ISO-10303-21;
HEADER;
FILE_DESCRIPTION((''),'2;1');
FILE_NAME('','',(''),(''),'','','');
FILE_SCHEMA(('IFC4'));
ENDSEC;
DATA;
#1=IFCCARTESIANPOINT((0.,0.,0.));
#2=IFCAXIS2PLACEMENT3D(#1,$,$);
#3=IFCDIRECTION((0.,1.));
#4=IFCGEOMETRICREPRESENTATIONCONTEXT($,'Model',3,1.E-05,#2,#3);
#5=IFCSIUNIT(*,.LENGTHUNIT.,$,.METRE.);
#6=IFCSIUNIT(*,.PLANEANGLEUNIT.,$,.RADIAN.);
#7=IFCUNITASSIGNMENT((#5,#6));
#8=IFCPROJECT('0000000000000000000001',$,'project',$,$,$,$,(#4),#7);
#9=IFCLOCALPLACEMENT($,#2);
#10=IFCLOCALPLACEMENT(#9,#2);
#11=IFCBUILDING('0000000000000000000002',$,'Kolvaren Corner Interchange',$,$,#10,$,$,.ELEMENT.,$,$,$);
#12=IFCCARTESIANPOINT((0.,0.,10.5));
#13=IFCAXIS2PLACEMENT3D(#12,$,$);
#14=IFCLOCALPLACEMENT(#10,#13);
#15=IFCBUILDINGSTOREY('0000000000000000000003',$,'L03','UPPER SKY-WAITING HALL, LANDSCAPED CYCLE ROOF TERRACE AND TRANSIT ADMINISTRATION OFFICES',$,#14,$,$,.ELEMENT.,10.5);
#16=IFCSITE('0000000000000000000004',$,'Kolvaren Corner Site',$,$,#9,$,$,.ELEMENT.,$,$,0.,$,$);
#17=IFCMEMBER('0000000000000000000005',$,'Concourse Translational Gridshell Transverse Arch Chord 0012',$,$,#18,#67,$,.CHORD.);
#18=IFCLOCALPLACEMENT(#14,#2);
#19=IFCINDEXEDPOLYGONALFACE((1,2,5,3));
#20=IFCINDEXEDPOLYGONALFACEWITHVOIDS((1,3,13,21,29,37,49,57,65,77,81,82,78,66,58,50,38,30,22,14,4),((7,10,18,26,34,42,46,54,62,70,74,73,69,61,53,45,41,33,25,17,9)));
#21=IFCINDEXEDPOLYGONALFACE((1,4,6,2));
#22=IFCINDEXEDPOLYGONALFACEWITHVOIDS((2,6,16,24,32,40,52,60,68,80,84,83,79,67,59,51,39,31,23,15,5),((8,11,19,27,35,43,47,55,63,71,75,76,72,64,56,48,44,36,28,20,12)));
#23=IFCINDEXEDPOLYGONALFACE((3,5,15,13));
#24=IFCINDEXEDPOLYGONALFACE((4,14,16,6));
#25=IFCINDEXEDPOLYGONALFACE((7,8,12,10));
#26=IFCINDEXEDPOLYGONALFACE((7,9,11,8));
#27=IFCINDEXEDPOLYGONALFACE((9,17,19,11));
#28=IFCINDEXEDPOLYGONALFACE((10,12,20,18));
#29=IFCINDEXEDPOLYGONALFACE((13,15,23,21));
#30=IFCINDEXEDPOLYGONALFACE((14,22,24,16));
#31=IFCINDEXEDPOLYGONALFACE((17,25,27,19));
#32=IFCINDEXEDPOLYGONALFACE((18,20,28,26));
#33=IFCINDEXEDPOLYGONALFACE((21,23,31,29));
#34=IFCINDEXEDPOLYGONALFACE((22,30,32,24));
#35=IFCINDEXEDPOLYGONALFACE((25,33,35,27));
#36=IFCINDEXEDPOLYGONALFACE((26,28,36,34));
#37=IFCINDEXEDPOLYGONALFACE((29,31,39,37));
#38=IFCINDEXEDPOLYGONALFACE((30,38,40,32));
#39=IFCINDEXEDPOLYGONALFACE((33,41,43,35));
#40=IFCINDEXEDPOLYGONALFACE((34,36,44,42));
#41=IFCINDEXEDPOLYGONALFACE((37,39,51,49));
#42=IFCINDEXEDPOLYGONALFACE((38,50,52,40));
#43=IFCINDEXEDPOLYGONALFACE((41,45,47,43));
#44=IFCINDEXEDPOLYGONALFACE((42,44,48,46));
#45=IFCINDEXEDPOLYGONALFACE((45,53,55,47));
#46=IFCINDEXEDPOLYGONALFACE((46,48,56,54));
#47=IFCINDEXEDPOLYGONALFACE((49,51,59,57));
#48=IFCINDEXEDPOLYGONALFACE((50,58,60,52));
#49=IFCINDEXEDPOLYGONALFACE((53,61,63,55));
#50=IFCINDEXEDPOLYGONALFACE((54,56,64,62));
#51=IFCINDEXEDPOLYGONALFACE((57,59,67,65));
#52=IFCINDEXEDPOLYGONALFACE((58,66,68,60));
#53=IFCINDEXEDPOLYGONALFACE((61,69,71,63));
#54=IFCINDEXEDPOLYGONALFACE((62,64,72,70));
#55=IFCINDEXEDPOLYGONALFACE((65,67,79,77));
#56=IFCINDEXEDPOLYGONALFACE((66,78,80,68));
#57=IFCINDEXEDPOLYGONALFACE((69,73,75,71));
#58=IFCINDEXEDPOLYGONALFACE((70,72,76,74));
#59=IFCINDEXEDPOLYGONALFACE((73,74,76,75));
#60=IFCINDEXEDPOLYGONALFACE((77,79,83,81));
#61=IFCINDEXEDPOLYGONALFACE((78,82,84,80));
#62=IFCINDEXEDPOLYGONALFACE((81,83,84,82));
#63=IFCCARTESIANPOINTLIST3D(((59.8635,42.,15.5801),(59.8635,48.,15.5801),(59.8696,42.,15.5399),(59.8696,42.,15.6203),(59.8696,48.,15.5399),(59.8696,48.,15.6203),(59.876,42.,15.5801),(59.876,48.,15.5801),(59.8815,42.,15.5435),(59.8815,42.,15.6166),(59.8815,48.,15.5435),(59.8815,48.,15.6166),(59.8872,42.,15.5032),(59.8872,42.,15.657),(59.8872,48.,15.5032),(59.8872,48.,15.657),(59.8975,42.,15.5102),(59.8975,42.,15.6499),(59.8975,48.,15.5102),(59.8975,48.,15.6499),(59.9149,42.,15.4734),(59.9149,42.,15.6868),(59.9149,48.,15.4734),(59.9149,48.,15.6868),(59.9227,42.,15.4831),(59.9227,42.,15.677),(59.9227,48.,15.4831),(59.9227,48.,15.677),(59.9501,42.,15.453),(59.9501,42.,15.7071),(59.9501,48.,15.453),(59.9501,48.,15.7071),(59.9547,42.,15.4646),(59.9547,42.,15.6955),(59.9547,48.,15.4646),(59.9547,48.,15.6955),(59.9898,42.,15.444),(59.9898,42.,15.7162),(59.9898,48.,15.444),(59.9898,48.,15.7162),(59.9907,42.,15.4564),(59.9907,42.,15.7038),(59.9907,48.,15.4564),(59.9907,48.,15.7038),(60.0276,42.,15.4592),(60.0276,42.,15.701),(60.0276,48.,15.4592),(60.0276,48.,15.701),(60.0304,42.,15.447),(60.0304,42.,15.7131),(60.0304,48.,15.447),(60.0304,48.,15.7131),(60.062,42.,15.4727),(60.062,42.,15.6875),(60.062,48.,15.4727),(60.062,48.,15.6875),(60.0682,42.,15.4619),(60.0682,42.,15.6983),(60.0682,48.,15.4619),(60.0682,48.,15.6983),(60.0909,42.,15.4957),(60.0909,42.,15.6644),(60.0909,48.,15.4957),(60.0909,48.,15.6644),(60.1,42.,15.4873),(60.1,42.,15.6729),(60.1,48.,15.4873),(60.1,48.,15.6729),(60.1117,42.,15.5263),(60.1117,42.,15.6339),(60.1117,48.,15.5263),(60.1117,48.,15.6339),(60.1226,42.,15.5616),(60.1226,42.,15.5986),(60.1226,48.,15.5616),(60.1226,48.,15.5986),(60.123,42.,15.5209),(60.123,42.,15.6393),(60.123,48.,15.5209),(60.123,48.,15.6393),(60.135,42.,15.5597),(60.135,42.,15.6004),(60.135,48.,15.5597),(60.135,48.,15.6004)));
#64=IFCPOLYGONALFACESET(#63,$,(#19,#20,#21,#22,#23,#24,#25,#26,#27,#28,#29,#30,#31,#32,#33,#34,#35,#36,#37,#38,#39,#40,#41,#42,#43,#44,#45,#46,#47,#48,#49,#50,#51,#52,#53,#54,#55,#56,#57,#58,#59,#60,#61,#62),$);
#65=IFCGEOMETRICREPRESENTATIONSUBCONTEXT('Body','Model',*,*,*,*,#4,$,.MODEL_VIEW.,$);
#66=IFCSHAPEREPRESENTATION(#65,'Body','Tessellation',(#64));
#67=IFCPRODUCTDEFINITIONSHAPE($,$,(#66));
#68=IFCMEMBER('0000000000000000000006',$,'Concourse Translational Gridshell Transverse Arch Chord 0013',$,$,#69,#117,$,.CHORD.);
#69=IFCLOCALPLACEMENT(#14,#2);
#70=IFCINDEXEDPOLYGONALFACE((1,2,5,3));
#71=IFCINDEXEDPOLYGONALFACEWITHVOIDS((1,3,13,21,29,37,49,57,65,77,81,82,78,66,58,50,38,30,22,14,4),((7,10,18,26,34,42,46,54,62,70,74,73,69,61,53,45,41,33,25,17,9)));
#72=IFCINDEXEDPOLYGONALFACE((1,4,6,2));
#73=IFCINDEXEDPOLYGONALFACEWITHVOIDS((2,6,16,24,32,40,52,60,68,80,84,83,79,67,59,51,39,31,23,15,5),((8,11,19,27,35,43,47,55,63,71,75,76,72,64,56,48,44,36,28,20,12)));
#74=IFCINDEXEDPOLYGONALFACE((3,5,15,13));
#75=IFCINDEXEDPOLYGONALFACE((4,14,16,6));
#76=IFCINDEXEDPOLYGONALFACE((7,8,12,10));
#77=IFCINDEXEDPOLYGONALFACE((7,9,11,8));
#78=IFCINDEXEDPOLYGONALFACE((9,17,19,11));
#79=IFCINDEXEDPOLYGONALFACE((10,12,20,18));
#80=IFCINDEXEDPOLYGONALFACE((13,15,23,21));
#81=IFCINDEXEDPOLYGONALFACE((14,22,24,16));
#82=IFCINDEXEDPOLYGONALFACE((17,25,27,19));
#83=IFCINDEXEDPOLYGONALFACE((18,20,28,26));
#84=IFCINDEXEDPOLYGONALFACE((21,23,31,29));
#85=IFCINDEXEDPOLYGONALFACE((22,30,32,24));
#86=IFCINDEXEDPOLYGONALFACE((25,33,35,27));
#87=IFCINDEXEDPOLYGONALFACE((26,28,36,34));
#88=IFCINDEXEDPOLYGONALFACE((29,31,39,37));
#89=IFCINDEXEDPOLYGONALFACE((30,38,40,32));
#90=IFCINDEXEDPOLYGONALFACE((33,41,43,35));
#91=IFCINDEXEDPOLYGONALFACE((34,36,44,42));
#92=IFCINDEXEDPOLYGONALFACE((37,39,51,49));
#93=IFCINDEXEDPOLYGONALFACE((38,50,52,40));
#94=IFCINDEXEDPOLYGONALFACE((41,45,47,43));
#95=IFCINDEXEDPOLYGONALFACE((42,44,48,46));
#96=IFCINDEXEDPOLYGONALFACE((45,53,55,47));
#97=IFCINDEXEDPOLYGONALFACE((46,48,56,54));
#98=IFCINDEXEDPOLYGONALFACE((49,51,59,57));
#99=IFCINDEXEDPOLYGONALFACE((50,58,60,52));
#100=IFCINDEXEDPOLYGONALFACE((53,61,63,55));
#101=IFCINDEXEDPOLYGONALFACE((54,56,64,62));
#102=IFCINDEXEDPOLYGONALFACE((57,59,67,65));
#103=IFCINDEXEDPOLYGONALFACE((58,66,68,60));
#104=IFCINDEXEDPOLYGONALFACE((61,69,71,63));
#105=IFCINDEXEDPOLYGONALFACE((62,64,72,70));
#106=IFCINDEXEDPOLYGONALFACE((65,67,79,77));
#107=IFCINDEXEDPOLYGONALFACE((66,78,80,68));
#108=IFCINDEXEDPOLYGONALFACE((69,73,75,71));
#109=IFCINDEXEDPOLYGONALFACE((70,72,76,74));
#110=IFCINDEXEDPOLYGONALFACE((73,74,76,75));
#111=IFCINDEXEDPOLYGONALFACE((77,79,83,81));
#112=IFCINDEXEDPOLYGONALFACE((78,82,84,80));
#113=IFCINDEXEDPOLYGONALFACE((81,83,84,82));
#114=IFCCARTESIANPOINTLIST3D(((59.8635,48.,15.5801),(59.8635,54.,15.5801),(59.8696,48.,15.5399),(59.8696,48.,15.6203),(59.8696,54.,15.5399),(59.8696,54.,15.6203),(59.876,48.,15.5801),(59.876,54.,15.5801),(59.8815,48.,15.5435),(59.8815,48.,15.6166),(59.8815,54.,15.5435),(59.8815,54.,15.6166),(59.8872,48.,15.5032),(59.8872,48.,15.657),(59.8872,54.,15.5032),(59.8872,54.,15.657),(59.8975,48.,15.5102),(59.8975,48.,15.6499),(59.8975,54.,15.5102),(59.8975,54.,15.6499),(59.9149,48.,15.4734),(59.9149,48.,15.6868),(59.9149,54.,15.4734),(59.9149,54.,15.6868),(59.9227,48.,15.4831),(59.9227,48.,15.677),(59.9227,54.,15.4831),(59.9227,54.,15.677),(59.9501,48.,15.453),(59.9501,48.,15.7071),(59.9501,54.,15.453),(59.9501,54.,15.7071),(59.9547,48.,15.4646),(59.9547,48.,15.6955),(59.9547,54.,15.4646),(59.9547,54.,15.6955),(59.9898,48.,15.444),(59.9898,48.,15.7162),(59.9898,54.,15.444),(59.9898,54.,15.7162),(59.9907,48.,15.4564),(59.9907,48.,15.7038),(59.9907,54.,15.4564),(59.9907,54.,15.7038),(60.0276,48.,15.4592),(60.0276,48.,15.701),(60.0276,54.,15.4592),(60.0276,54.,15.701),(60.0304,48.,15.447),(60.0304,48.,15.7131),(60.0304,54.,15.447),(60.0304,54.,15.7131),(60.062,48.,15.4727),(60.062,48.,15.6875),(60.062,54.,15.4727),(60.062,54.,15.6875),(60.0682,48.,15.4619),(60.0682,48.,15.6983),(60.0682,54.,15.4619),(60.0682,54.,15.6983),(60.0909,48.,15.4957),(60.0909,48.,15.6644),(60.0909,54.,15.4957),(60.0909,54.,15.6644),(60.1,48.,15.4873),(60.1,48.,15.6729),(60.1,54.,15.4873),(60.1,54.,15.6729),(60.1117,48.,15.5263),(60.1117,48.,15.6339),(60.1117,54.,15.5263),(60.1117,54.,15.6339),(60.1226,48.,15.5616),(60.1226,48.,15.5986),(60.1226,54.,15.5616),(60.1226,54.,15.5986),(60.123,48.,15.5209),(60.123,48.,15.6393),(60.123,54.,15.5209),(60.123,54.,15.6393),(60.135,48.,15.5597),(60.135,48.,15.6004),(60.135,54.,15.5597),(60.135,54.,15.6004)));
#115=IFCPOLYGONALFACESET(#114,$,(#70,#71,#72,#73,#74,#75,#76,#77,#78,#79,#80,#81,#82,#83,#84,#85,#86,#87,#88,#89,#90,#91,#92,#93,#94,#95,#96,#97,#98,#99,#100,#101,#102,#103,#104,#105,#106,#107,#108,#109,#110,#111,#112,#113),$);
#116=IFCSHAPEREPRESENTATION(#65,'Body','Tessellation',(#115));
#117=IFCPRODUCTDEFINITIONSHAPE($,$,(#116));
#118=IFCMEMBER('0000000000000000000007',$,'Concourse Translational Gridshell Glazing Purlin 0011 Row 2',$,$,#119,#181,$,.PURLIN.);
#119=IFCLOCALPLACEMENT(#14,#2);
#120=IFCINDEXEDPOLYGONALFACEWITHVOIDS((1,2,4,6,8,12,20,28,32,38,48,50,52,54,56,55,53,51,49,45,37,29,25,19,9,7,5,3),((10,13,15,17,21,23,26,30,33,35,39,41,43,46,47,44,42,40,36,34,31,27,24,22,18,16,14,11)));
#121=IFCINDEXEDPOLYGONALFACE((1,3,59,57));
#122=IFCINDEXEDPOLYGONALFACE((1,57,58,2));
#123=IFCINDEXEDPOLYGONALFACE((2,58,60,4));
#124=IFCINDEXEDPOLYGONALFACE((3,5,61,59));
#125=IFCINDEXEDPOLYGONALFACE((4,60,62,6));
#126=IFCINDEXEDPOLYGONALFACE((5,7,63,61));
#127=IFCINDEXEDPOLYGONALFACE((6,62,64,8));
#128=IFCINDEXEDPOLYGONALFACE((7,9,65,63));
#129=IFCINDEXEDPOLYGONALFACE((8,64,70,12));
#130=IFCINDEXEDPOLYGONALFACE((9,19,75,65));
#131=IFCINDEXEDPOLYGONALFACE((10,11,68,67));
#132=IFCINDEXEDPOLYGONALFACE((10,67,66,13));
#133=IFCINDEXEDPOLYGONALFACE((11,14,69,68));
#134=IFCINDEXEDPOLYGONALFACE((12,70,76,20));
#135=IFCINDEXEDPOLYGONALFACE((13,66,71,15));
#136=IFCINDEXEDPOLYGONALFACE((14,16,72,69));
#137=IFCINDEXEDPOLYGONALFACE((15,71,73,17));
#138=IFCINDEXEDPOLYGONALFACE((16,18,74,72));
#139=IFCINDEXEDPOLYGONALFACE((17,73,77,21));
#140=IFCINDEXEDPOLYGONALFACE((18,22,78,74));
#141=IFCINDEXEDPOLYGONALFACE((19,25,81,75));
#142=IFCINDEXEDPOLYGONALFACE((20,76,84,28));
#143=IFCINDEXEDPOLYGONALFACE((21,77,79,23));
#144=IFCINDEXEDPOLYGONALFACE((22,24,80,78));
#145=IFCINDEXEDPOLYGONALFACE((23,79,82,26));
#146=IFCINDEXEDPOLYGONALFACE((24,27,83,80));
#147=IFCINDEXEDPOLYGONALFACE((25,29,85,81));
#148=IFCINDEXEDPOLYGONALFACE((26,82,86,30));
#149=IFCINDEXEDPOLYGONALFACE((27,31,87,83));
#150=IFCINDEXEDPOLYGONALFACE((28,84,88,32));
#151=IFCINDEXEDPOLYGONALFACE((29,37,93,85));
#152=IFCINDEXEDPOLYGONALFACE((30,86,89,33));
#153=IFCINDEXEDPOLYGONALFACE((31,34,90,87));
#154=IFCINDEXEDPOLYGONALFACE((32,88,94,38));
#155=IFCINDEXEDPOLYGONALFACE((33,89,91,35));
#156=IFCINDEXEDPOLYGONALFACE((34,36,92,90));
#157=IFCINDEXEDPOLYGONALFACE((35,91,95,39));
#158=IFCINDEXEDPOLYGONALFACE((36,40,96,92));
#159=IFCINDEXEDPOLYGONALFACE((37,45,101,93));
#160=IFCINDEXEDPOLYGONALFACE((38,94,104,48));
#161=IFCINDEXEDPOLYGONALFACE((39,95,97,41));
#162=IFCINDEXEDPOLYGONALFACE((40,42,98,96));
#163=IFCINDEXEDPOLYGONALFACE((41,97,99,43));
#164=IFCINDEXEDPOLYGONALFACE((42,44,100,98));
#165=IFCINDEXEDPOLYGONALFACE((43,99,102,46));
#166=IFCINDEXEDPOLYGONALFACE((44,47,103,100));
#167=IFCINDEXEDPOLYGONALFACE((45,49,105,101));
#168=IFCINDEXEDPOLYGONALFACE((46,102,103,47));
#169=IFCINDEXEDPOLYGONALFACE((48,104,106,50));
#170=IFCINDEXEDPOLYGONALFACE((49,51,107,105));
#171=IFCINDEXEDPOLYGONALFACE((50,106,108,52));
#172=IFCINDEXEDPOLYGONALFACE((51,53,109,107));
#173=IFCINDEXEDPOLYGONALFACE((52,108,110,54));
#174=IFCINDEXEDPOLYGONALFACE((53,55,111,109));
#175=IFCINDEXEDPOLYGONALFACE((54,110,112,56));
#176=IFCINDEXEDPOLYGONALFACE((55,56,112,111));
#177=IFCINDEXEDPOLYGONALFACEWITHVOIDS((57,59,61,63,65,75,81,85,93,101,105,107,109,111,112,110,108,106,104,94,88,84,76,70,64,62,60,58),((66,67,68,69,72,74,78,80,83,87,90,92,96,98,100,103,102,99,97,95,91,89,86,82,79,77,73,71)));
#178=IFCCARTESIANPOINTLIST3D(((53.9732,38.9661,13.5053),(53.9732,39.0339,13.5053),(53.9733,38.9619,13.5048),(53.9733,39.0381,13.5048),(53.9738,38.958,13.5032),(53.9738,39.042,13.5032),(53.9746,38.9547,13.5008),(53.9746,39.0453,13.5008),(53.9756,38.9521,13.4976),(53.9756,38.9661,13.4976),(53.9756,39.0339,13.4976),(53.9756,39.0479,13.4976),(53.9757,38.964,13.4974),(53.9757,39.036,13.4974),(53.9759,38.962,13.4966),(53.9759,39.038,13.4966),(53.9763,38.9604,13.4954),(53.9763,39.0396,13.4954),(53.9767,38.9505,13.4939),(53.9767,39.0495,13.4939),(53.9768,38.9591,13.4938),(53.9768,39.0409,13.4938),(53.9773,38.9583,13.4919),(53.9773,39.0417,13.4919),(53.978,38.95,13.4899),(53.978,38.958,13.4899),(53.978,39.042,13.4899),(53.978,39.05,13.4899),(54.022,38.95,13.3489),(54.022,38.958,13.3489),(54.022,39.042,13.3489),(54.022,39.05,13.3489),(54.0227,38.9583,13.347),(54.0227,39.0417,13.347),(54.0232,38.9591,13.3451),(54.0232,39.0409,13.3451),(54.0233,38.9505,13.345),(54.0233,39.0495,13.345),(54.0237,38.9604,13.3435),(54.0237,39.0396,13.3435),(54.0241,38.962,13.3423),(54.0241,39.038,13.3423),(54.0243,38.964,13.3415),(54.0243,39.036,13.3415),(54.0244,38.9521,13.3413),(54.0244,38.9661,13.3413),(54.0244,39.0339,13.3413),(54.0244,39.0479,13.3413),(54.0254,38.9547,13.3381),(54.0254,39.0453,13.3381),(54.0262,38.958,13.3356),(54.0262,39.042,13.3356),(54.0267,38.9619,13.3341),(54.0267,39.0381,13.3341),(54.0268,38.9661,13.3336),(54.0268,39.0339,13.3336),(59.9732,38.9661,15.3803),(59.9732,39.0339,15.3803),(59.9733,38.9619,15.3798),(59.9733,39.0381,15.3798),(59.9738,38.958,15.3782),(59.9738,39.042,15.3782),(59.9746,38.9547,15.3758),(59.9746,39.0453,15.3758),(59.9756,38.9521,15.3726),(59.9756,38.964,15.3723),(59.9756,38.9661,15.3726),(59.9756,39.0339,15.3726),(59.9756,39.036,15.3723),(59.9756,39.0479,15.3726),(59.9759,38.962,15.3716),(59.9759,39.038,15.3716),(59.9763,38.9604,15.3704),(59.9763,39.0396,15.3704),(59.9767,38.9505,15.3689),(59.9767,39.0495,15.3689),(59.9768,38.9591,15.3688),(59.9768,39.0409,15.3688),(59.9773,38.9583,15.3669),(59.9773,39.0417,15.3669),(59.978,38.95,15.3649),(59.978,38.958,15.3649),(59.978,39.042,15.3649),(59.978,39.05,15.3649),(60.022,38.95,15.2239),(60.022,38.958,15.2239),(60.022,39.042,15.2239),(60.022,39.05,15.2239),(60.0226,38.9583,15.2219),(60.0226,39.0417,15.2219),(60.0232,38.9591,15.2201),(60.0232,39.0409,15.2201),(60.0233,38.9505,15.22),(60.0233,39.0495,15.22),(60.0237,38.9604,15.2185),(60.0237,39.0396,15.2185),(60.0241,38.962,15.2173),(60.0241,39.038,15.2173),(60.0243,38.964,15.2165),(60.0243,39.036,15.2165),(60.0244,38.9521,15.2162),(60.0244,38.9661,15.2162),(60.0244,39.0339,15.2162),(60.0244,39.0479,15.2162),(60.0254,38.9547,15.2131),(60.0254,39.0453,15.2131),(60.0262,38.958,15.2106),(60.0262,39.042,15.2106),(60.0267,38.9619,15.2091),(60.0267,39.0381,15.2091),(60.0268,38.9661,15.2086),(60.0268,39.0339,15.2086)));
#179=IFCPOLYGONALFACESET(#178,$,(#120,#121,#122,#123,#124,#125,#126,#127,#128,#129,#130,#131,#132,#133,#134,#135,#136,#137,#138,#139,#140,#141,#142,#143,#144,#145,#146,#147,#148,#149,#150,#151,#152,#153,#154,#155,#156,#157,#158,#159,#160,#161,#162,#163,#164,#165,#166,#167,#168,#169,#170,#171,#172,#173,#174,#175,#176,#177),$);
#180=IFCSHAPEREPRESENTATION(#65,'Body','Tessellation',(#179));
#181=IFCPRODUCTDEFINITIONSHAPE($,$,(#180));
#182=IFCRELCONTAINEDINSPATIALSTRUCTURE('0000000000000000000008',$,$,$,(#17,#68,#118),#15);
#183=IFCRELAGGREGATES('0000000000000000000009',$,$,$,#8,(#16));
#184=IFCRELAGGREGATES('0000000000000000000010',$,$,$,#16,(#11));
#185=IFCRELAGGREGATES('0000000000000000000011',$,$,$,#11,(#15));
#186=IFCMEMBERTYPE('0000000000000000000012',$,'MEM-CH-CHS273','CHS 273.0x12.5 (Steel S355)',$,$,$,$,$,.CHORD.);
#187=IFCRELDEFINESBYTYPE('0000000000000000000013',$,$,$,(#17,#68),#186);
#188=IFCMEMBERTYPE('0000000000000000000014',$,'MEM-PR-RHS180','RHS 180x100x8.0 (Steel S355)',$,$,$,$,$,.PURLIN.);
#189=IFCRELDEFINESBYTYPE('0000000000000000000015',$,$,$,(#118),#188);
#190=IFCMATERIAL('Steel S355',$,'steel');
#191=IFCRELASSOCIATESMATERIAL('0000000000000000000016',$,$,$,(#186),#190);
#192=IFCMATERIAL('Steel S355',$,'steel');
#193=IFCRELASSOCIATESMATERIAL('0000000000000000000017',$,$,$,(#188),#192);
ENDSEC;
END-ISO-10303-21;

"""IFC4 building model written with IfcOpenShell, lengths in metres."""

from ifc_helpers import new_model, si_unit, direction, frame, origin, origin_2d, place, context, subcontext, project, spatial, hollow_rectangle, hollow_circle, extrude, material, material_profile, profile_set, type_object, element, save


model = new_model("IFC4")

# Units and contexts
model_context = context("Model", 3, precision=1e-05, world=origin(), true_north=direction((0.0, 1.0)))
body_context = subcontext(model_context, "Body", "Model", "MODEL_VIEW")
ifc_project = project(units=[si_unit("LENGTHUNIT", "METRE"), si_unit("PLANEANGLEUNIT", "RADIAN")], contexts=[model_context])

# Site, building, storey
site_placement = place(None, origin())
site = spatial("IfcSite", under=ifc_project, at=site_placement, Name="Kolvaren Corner Site", CompositionType="ELEMENT", RefElevation=0.0)
building_placement = place(site_placement, origin())
building = spatial("IfcBuilding", under=site, at=building_placement, Name="Kolvaren Corner Interchange", CompositionType="ELEMENT")
storey_placement = place(building_placement, frame((0.0, 0.0, 10.5)))
storey = spatial("IfcBuildingStorey", under=building, at=storey_placement, Name="L03", Description="UPPER SKY-WAITING HALL, LANDSCAPED CYCLE ROOF TERRACE AND TRANSIT ADMINISTRATION OFFICES", CompositionType="ELEMENT", Elevation=10.5)

# Members
ifc_material_1 = material(Name="Steel S355", Category="steel")
ifc_material_profile_1 = material_profile(ifc_material_1, hollow_circle(Radius=0.1365, WallThickness=0.0125, at=origin_2d()), Name="CHS 273.0x12.5")
ifc_profile_set_1 = profile_set([ifc_material_profile_1], Name="Steel S355")
member_type_1 = type_object("IfcMemberType", Name="MEM-CH-CHS273", Description="CHS 273.0x12.5 (Steel S355)", PredefinedType="CHORD", material=ifc_profile_set_1)
for number, where, z_axis, x_axis, name in (
    (1, (60.0, 42.0, 15.5801), (0.0, 1.0, 0.0), (-1.0, 0.0, 0.0), "Concourse Translational Gridshell Transverse Arch Chord 0012"),
    (2, (60.0, 48.0, 15.5801), (0.0, 1.0, 0.0), (-1.0, 0.0, 0.0), "Concourse Translational Gridshell Transverse Arch Chord 0013"),
):
    element("IfcMember", number, at=place(storey_placement, frame(where, z_axis=z_axis, x_axis=x_axis)), inside=storey, type_object=member_type_1, Name=name, PredefinedType="CHORD", context=body_context, shape_type="SweptSolid", body=[
        extrude(hollow_circle(Radius=0.1365, WallThickness=0.0125, at=origin_2d()), origin(), (0.0, 0.0, 1.0), 6.0),
    ])
ifc_material_2 = material(Name="Steel S355", Category="steel")
ifc_material_profile_2 = material_profile(ifc_material_2, hollow_rectangle(XDim=0.1001, YDim=0.1799, WallThickness=0.0081, InnerFilletRadius=0.0081, OuterFilletRadius=0.0161, at=origin_2d()), Name="RHS 180x100x8.0")
ifc_profile_set_2 = profile_set([ifc_material_profile_2], Name="Steel S355")
member_type_2 = type_object("IfcMemberType", Name="MEM-PR-RHS180", Description="RHS 180x100x8.0 (Steel S355)", PredefinedType="PURLIN", material=ifc_profile_set_2)
for number, where, z_axis, x_axis, name in (
    (3, (54.0, 39.0, 13.4194), (0.95448, 0.0, 0.298275), (0.0, 1.0, 0.0), "Concourse Translational Gridshell Glazing Purlin 0011 Row 2"),
):
    element("IfcMember", number, at=place(storey_placement, frame(where, z_axis=z_axis, x_axis=x_axis)), inside=storey, type_object=member_type_2, Name=name, PredefinedType="PURLIN", context=body_context, shape_type="SweptSolid", body=[
        extrude(hollow_rectangle(XDim=0.1001, YDim=0.1799, WallThickness=0.0081, InnerFilletRadius=0.0081, OuterFilletRadius=0.0161, at=origin_2d()), origin(), (0.0, 0.0, 1.0), 6.2861),
    ])

save(model, "model.ifc")
